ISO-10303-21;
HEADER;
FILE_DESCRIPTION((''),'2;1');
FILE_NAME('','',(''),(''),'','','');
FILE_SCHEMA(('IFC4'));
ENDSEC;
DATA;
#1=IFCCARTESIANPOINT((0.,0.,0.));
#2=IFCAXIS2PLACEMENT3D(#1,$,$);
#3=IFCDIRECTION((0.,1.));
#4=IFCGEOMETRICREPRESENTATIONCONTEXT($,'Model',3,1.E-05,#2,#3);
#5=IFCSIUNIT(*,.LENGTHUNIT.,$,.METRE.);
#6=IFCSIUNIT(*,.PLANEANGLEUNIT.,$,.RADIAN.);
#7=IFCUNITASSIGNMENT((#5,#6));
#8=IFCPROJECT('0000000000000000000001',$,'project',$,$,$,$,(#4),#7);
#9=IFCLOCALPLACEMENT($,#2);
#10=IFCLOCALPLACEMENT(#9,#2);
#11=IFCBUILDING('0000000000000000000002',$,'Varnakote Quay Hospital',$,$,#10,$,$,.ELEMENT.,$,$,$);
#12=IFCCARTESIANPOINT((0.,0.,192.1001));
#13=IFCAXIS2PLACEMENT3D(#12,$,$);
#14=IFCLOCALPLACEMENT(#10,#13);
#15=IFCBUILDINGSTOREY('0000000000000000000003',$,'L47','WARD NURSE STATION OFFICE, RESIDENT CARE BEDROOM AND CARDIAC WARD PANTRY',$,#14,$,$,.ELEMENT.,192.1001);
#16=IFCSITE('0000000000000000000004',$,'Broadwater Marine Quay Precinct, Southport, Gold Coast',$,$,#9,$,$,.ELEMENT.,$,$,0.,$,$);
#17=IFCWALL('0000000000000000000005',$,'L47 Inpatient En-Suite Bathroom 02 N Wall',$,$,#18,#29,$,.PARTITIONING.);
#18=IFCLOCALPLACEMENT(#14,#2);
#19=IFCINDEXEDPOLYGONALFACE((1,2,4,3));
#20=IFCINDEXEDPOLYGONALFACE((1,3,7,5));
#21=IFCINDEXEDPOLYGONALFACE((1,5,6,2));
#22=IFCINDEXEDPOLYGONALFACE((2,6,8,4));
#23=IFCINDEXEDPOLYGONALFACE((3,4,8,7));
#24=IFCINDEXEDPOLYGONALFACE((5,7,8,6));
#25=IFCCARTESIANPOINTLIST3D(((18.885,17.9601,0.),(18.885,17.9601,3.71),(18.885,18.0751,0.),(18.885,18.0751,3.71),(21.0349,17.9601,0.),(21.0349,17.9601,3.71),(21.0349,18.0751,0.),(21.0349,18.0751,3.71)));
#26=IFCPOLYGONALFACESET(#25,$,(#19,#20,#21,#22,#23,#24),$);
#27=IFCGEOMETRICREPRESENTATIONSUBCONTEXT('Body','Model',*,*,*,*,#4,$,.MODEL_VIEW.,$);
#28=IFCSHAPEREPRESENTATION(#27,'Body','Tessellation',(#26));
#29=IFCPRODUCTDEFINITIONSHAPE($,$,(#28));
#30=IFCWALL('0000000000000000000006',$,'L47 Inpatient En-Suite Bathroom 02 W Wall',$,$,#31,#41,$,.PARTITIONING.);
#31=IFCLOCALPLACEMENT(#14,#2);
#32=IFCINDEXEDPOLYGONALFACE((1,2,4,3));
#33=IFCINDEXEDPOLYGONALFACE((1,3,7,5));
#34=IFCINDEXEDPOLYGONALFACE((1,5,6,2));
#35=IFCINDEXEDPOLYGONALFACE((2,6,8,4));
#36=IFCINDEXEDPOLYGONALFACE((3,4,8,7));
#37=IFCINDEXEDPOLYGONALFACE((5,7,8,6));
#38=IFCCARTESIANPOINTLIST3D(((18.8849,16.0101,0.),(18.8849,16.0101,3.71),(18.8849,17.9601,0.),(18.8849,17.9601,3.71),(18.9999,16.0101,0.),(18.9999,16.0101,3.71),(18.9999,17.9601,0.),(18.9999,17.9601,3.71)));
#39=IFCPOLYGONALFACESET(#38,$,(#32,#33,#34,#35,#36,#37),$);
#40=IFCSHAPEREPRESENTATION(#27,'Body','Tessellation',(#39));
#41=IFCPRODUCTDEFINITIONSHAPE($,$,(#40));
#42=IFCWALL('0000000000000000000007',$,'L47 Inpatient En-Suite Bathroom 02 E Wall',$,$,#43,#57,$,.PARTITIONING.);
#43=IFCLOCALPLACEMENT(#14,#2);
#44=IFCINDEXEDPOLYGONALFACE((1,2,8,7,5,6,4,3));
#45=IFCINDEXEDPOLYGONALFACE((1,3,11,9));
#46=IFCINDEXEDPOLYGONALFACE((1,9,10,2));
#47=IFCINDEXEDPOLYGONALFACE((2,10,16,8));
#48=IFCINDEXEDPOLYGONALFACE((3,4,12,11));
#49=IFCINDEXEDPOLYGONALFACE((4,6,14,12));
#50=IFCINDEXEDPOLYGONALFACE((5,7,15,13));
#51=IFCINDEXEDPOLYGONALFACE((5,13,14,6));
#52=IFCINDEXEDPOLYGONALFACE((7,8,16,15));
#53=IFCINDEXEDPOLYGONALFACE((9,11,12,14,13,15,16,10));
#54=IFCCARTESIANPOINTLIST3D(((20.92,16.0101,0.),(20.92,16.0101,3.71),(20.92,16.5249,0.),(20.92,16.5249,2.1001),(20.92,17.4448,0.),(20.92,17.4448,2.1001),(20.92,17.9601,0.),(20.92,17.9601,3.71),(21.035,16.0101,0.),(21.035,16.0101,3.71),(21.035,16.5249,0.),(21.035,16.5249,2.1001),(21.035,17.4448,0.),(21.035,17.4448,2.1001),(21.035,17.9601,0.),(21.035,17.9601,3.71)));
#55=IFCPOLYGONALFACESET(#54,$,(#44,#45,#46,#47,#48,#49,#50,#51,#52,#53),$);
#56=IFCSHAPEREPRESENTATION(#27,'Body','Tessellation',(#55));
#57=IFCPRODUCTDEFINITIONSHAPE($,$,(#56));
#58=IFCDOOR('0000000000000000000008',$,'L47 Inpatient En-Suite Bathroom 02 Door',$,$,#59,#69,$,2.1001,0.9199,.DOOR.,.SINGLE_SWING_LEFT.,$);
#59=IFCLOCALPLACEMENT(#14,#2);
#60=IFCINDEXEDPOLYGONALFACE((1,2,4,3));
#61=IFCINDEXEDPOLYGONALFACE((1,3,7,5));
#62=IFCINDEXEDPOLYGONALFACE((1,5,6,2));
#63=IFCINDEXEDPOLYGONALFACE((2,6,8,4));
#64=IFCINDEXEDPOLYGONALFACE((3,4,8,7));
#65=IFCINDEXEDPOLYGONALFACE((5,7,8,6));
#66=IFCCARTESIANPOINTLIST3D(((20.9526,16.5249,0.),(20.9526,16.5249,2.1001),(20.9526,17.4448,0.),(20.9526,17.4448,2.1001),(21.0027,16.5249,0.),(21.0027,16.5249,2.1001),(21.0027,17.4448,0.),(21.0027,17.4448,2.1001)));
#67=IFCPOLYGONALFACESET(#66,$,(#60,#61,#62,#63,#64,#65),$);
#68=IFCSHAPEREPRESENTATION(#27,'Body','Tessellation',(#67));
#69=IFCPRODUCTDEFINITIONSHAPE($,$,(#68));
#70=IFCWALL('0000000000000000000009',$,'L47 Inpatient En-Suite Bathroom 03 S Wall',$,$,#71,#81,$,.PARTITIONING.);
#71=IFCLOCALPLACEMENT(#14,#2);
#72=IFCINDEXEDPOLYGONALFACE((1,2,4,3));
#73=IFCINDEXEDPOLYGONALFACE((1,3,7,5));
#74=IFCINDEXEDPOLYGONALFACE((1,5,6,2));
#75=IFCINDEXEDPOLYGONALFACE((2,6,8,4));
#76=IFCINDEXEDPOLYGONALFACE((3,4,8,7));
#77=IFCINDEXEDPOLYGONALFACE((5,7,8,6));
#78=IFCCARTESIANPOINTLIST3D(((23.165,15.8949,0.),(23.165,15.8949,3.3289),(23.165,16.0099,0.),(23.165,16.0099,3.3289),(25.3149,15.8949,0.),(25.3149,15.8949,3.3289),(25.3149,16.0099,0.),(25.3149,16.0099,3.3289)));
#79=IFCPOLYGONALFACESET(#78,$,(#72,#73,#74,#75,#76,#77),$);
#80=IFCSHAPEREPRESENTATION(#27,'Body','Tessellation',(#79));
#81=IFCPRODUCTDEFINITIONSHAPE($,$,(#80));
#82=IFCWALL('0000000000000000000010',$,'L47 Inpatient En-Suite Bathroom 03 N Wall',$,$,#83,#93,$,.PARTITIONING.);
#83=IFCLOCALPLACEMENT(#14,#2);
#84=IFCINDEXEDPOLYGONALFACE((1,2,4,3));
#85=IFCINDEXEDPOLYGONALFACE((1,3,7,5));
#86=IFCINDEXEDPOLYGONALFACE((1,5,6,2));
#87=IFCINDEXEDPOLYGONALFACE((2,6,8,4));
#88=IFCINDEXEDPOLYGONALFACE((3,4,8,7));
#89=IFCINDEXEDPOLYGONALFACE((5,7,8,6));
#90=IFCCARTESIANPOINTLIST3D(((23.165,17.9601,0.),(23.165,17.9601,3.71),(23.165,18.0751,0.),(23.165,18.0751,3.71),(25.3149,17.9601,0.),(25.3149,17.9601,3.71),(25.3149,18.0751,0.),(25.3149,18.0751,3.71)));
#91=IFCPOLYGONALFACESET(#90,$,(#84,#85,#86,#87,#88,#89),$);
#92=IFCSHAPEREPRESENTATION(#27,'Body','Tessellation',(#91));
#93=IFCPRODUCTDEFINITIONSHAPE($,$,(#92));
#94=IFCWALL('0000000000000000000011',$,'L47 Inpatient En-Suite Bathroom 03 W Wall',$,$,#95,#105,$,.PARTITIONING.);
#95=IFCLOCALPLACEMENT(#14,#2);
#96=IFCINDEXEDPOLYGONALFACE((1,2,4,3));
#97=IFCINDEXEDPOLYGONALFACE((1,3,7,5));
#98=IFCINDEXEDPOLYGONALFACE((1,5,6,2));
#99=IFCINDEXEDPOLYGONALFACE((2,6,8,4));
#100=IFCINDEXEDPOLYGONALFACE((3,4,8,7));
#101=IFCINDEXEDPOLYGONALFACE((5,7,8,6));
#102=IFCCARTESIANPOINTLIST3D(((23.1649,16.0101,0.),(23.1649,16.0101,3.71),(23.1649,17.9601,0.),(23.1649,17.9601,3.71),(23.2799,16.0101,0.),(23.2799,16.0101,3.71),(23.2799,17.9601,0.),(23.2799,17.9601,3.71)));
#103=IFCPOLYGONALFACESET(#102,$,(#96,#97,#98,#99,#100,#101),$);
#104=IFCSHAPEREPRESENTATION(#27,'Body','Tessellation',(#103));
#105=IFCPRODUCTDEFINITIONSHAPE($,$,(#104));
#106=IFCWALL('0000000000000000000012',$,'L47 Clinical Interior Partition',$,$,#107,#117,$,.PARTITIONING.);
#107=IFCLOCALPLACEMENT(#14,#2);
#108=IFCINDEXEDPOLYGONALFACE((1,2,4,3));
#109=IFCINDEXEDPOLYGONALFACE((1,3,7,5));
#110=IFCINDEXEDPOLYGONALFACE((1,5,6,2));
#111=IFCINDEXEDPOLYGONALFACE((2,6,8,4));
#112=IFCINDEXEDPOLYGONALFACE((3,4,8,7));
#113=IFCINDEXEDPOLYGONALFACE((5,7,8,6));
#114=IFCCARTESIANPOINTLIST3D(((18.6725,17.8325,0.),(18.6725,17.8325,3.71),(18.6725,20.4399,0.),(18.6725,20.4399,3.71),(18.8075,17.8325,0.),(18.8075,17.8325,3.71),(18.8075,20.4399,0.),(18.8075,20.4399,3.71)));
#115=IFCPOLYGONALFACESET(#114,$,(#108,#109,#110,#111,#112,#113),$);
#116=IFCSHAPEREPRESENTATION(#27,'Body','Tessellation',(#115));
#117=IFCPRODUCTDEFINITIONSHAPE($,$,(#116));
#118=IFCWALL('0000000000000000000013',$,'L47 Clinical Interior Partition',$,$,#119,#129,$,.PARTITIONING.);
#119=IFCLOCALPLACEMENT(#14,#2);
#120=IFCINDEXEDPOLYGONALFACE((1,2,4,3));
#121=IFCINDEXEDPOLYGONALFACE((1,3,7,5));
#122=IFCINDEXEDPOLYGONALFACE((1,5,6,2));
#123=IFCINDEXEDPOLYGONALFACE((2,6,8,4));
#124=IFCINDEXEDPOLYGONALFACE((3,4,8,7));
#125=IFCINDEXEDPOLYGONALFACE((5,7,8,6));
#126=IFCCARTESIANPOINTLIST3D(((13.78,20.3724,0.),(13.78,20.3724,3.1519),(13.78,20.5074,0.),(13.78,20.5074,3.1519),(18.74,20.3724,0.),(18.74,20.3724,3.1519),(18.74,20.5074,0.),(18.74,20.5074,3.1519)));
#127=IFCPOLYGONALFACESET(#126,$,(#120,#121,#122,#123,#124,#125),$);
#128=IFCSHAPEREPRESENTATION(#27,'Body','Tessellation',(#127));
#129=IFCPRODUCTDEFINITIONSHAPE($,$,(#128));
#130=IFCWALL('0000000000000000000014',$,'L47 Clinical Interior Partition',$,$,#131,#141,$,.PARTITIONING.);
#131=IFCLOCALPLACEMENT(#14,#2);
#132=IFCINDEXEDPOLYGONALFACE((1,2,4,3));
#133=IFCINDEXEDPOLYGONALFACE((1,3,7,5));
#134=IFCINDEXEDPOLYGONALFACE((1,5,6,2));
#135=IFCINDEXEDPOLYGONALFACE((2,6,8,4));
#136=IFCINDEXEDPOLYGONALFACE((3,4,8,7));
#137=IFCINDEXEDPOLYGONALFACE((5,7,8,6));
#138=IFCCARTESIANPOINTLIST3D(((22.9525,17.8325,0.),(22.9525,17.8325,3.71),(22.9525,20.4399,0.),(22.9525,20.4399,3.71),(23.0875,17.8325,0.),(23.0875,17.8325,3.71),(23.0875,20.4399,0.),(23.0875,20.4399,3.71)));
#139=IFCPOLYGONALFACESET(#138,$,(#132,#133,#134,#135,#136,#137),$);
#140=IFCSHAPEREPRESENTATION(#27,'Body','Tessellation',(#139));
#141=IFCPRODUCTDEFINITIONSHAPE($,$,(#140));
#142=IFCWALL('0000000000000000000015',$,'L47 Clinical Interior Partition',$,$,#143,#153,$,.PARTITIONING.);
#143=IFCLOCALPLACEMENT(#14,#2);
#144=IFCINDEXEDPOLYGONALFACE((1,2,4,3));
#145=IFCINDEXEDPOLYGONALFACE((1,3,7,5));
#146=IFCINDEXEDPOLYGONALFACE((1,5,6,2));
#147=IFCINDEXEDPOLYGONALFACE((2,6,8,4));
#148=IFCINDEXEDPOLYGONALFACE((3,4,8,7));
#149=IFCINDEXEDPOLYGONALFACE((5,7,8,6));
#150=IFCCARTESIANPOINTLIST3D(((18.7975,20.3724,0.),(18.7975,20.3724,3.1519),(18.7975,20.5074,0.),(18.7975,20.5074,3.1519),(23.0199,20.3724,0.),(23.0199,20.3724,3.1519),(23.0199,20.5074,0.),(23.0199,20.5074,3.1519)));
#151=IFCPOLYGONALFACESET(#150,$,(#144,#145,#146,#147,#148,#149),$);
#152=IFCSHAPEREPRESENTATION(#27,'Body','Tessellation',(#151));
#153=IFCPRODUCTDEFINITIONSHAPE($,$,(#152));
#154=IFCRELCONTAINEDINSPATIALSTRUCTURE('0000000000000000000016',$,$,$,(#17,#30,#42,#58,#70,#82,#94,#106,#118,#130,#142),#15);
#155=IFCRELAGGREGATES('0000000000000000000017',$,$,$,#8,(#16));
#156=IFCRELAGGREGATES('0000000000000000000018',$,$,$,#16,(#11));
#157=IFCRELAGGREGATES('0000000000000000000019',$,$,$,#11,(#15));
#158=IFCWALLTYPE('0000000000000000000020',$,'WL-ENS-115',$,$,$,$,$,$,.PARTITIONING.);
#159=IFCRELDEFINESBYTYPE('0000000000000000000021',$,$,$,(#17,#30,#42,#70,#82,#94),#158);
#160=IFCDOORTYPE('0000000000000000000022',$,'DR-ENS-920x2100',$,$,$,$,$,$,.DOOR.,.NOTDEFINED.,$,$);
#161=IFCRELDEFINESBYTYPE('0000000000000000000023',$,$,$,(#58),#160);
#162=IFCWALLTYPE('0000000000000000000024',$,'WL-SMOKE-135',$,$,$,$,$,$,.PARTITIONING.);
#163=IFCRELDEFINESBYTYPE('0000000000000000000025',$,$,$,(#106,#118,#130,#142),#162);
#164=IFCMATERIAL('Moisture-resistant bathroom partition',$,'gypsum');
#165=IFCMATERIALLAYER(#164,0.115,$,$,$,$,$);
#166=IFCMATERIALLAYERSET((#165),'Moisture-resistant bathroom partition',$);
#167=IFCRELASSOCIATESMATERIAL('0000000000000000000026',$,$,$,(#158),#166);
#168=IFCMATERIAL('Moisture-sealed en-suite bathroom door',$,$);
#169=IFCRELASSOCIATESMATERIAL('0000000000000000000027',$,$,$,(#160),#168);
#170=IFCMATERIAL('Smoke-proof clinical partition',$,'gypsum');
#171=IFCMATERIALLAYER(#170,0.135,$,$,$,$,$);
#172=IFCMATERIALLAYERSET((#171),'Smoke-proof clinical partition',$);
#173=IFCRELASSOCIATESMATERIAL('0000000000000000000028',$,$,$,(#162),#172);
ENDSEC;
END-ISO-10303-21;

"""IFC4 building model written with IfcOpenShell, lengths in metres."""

from ifc_helpers import new_model, si_unit, direction, frame, frame_2d, origin, place, context, subcontext, project, spatial, rectangle, extrude, material, layer, layer_set, type_object, element, fill, save


model = new_model("IFC4")

# Units and contexts
model_context = context("Model", 3, precision=1e-05, world=origin(), true_north=direction((0.0, 1.0)))
body_context = subcontext(model_context, "Body", "Model", "MODEL_VIEW")
ifc_project = project(units=[si_unit("LENGTHUNIT", "METRE"), si_unit("PLANEANGLEUNIT", "RADIAN")], contexts=[model_context])

# Site, building, storey
site_placement = place(None, origin())
site = spatial("IfcSite", under=ifc_project, at=site_placement, Name="Broadwater Marine Quay Precinct, Southport, Gold Coast", CompositionType="ELEMENT", RefElevation=0.0)
building_placement = place(site_placement, origin())
building = spatial("IfcBuilding", under=site, at=building_placement, Name="Varnakote Quay Hospital", CompositionType="ELEMENT")
storey_placement = place(building_placement, frame((0.0, 0.0, 192.1001)))
storey = spatial("IfcBuildingStorey", under=building, at=storey_placement, Name="L47", Description="WARD NURSE STATION OFFICE, RESIDENT CARE BEDROOM AND CARDIAC WARD PANTRY", CompositionType="ELEMENT", Elevation=192.1001)

# Shared definitions
ifc_material_1 = material(Name="Moisture-resistant bathroom partition", Category="gypsum")
ifc_layer_1 = layer(ifc_material_1, 0.115)
ifc_layer_set_1 = layer_set([ifc_layer_1], Name="Moisture-resistant bathroom partition")
wall_type_1 = type_object("IfcWallType", Name="WL-ENS-115", PredefinedType="PARTITIONING", material=ifc_layer_set_1)

# Shared definitions
ifc_material_2 = material(Name="Moisture-sealed en-suite bathroom door")
door_type_1 = type_object("IfcDoorType", Name="DR-ENS-920x2100", OperationType="NOTDEFINED", PredefinedType="DOOR", material=ifc_material_2)

# Walls
for number, where, z_axis, x_axis, name in (
    (1, (18.885, 18.0176, 0.0), (0.0, 0.0, 1.0), (1.0, 0.0, 0.0), "L47 Inpatient En-Suite Bathroom 02 N Wall"),
):
    element("IfcWall", number, at=place(storey_placement, frame(where, z_axis=z_axis, x_axis=x_axis)), inside=storey, type_object=wall_type_1, Name=name, PredefinedType="PARTITIONING", context=body_context, shape_type="SweptSolid", body=[
        extrude(rectangle(XDim=2.1499, YDim=0.115, at=frame_2d((1.075, 0.0))), origin(), (0.0, 0.0, 1.0), 3.71),
    ])
wall_1_placement = place(storey_placement, frame((18.9424, 16.01, 0.0), z_axis=(0.0, 0.0, 1.0), x_axis=(0.0, 1.0, 0.0)))
element("IfcWall", 2, at=wall_1_placement, inside=storey, type_object=wall_type_1, Name="L47 Inpatient En-Suite Bathroom 02 W Wall", PredefinedType="PARTITIONING", context=body_context, shape_type="SweptSolid", body=[
    extrude(rectangle(XDim=1.95, YDim=0.115, at=frame_2d((0.9751, 0.0))), origin(), (0.0, 0.0, 1.0), 3.71),
])

# Wall, opening, door
wall_2_placement = place(storey_placement, frame((20.9775, 16.01, 0.0), z_axis=(0.0, 0.0, 1.0), x_axis=(0.0, 1.0, 0.0)))
wall_2 = element("IfcWall", 3, at=wall_2_placement, inside=storey, type_object=wall_type_1, Name="L47 Inpatient En-Suite Bathroom 02 E Wall", PredefinedType="PARTITIONING", context=body_context, shape_type="SweptSolid", body=[
    extrude(rectangle(XDim=1.95, YDim=0.115, at=frame_2d((0.9751, 0.0))), origin(), (0.0, 0.0, 1.0), 3.71),
])
opening_1_placement = place(wall_2_placement, frame((0.5149, 0.0, 0.0)))
opening_1 = element("IfcOpeningElement", 4, at=opening_1_placement, cuts=wall_2, PredefinedType="OPENING", context=body_context, shape_type="SweptSolid", body=[
    extrude(rectangle(XDim=0.9199, YDim=2.1001, at=frame_2d((0.46, 1.05))), frame((0.0, 0.0674, 0.0), z_axis=(0.0, -1.0, 0.0), x_axis=(1.0, 0.0, 0.0)), (0.0, 0.0, 1.0), 0.135),
])
door_1_placement = place(opening_1_placement, origin())
door_1 = element("IfcDoor", 5, at=door_1_placement, inside=storey, type_object=door_type_1, Name="L47 Inpatient En-Suite Bathroom 02 Door", OperationType="SINGLE_SWING_LEFT", OverallHeight=2.1001, OverallWidth=0.9199, PredefinedType="DOOR", context=body_context, shape_type="SweptSolid", body=[
    extrude(rectangle(XDim=0.9199, YDim=2.1001, at=frame_2d((0.46, 1.05))), frame((0.0, 0.0249, 0.0), z_axis=(0.0, -1.0, 0.0), x_axis=(1.0, 0.0, 0.0)), (0.0, 0.0, 1.0), 0.05),
])
fill(opening_1, door_1)

# Walls
wall_3_placement = place(storey_placement, frame((23.165, 15.9524, 0.0), z_axis=(0.0, 0.0, 1.0), x_axis=(1.0, 0.0, 0.0)))
element("IfcWall", 6, at=wall_3_placement, inside=storey, type_object=wall_type_1, Name="L47 Inpatient En-Suite Bathroom 03 S Wall", PredefinedType="PARTITIONING", context=body_context, shape_type="SweptSolid", body=[
    extrude(rectangle(XDim=2.1499, YDim=0.115, at=frame_2d((1.075, 0.0))), origin(), (0.0, 0.0, 1.0), 3.3289),
])
wall_4_placement = place(storey_placement, frame((23.165, 18.0176, 0.0), z_axis=(0.0, 0.0, 1.0), x_axis=(1.0, 0.0, 0.0)))
element("IfcWall", 7, at=wall_4_placement, inside=storey, type_object=wall_type_1, Name="L47 Inpatient En-Suite Bathroom 03 N Wall", PredefinedType="PARTITIONING", context=body_context, shape_type="SweptSolid", body=[
    extrude(rectangle(XDim=2.1499, YDim=0.115, at=frame_2d((1.075, 0.0))), origin(), (0.0, 0.0, 1.0), 3.71),
])
wall_5_placement = place(storey_placement, frame((23.2224, 16.01, 0.0), z_axis=(0.0, 0.0, 1.0), x_axis=(0.0, 1.0, 0.0)))
element("IfcWall", 8, at=wall_5_placement, inside=storey, type_object=wall_type_1, Name="L47 Inpatient En-Suite Bathroom 03 W Wall", PredefinedType="PARTITIONING", context=body_context, shape_type="SweptSolid", body=[
    extrude(rectangle(XDim=1.95, YDim=0.115, at=frame_2d((0.9751, 0.0))), origin(), (0.0, 0.0, 1.0), 3.71),
])
ifc_material_3 = material(Name="Smoke-proof clinical partition", Category="gypsum")
ifc_layer_2 = layer(ifc_material_3, 0.135)
ifc_layer_set_2 = layer_set([ifc_layer_2], Name="Smoke-proof clinical partition")
wall_type_2 = type_object("IfcWallType", Name="WL-SMOKE-135", PredefinedType="PARTITIONING", material=ifc_layer_set_2)
wall_6_placement = place(storey_placement, frame((18.74, 17.8325, 0.0), z_axis=(0.0, 0.0, 1.0), x_axis=(0.0, 1.0, 0.0)))
element("IfcWall", 9, at=wall_6_placement, inside=storey, type_object=wall_type_2, Name="L47 Clinical Interior Partition", PredefinedType="PARTITIONING", context=body_context, shape_type="SweptSolid", body=[
    extrude(rectangle(XDim=2.6074, YDim=0.135, at=frame_2d((1.3037, 0.0))), origin(), (0.0, 0.0, 1.0), 3.71),
])
wall_7_placement = place(storey_placement, frame((18.74, 20.4399, 0.0), z_axis=(0.0, 0.0, 1.0), x_axis=(-1.0, 0.0, 0.0)))
element("IfcWall", 10, at=wall_7_placement, inside=storey, type_object=wall_type_2, Name="L47 Clinical Interior Partition", PredefinedType="PARTITIONING", context=body_context, shape_type="SweptSolid", body=[
    extrude(rectangle(XDim=4.96, YDim=0.135, at=frame_2d((2.48, 0.0))), origin(), (0.0, 0.0, 1.0), 3.1519),
])
wall_8_placement = place(storey_placement, frame((23.02, 17.8325, 0.0), z_axis=(0.0, 0.0, 1.0), x_axis=(0.0, 1.0, 0.0)))
element("IfcWall", 11, at=wall_8_placement, inside=storey, type_object=wall_type_2, Name="L47 Clinical Interior Partition", PredefinedType="PARTITIONING", context=body_context, shape_type="SweptSolid", body=[
    extrude(rectangle(XDim=2.6074, YDim=0.135, at=frame_2d((1.3037, 0.0))), origin(), (0.0, 0.0, 1.0), 3.71),
])
wall_9_placement = place(storey_placement, frame((23.02, 20.4399, 0.0), z_axis=(0.0, 0.0, 1.0), x_axis=(-1.0, 0.0, 0.0)))
element("IfcWall", 12, at=wall_9_placement, inside=storey, type_object=wall_type_2, Name="L47 Clinical Interior Partition", PredefinedType="PARTITIONING", context=body_context, shape_type="SweptSolid", body=[
    extrude(rectangle(XDim=4.2224, YDim=0.135, at=frame_2d((2.1113, 0.0))), origin(), (0.0, 0.0, 1.0), 3.1519),
])

save(model, "model.ifc")
